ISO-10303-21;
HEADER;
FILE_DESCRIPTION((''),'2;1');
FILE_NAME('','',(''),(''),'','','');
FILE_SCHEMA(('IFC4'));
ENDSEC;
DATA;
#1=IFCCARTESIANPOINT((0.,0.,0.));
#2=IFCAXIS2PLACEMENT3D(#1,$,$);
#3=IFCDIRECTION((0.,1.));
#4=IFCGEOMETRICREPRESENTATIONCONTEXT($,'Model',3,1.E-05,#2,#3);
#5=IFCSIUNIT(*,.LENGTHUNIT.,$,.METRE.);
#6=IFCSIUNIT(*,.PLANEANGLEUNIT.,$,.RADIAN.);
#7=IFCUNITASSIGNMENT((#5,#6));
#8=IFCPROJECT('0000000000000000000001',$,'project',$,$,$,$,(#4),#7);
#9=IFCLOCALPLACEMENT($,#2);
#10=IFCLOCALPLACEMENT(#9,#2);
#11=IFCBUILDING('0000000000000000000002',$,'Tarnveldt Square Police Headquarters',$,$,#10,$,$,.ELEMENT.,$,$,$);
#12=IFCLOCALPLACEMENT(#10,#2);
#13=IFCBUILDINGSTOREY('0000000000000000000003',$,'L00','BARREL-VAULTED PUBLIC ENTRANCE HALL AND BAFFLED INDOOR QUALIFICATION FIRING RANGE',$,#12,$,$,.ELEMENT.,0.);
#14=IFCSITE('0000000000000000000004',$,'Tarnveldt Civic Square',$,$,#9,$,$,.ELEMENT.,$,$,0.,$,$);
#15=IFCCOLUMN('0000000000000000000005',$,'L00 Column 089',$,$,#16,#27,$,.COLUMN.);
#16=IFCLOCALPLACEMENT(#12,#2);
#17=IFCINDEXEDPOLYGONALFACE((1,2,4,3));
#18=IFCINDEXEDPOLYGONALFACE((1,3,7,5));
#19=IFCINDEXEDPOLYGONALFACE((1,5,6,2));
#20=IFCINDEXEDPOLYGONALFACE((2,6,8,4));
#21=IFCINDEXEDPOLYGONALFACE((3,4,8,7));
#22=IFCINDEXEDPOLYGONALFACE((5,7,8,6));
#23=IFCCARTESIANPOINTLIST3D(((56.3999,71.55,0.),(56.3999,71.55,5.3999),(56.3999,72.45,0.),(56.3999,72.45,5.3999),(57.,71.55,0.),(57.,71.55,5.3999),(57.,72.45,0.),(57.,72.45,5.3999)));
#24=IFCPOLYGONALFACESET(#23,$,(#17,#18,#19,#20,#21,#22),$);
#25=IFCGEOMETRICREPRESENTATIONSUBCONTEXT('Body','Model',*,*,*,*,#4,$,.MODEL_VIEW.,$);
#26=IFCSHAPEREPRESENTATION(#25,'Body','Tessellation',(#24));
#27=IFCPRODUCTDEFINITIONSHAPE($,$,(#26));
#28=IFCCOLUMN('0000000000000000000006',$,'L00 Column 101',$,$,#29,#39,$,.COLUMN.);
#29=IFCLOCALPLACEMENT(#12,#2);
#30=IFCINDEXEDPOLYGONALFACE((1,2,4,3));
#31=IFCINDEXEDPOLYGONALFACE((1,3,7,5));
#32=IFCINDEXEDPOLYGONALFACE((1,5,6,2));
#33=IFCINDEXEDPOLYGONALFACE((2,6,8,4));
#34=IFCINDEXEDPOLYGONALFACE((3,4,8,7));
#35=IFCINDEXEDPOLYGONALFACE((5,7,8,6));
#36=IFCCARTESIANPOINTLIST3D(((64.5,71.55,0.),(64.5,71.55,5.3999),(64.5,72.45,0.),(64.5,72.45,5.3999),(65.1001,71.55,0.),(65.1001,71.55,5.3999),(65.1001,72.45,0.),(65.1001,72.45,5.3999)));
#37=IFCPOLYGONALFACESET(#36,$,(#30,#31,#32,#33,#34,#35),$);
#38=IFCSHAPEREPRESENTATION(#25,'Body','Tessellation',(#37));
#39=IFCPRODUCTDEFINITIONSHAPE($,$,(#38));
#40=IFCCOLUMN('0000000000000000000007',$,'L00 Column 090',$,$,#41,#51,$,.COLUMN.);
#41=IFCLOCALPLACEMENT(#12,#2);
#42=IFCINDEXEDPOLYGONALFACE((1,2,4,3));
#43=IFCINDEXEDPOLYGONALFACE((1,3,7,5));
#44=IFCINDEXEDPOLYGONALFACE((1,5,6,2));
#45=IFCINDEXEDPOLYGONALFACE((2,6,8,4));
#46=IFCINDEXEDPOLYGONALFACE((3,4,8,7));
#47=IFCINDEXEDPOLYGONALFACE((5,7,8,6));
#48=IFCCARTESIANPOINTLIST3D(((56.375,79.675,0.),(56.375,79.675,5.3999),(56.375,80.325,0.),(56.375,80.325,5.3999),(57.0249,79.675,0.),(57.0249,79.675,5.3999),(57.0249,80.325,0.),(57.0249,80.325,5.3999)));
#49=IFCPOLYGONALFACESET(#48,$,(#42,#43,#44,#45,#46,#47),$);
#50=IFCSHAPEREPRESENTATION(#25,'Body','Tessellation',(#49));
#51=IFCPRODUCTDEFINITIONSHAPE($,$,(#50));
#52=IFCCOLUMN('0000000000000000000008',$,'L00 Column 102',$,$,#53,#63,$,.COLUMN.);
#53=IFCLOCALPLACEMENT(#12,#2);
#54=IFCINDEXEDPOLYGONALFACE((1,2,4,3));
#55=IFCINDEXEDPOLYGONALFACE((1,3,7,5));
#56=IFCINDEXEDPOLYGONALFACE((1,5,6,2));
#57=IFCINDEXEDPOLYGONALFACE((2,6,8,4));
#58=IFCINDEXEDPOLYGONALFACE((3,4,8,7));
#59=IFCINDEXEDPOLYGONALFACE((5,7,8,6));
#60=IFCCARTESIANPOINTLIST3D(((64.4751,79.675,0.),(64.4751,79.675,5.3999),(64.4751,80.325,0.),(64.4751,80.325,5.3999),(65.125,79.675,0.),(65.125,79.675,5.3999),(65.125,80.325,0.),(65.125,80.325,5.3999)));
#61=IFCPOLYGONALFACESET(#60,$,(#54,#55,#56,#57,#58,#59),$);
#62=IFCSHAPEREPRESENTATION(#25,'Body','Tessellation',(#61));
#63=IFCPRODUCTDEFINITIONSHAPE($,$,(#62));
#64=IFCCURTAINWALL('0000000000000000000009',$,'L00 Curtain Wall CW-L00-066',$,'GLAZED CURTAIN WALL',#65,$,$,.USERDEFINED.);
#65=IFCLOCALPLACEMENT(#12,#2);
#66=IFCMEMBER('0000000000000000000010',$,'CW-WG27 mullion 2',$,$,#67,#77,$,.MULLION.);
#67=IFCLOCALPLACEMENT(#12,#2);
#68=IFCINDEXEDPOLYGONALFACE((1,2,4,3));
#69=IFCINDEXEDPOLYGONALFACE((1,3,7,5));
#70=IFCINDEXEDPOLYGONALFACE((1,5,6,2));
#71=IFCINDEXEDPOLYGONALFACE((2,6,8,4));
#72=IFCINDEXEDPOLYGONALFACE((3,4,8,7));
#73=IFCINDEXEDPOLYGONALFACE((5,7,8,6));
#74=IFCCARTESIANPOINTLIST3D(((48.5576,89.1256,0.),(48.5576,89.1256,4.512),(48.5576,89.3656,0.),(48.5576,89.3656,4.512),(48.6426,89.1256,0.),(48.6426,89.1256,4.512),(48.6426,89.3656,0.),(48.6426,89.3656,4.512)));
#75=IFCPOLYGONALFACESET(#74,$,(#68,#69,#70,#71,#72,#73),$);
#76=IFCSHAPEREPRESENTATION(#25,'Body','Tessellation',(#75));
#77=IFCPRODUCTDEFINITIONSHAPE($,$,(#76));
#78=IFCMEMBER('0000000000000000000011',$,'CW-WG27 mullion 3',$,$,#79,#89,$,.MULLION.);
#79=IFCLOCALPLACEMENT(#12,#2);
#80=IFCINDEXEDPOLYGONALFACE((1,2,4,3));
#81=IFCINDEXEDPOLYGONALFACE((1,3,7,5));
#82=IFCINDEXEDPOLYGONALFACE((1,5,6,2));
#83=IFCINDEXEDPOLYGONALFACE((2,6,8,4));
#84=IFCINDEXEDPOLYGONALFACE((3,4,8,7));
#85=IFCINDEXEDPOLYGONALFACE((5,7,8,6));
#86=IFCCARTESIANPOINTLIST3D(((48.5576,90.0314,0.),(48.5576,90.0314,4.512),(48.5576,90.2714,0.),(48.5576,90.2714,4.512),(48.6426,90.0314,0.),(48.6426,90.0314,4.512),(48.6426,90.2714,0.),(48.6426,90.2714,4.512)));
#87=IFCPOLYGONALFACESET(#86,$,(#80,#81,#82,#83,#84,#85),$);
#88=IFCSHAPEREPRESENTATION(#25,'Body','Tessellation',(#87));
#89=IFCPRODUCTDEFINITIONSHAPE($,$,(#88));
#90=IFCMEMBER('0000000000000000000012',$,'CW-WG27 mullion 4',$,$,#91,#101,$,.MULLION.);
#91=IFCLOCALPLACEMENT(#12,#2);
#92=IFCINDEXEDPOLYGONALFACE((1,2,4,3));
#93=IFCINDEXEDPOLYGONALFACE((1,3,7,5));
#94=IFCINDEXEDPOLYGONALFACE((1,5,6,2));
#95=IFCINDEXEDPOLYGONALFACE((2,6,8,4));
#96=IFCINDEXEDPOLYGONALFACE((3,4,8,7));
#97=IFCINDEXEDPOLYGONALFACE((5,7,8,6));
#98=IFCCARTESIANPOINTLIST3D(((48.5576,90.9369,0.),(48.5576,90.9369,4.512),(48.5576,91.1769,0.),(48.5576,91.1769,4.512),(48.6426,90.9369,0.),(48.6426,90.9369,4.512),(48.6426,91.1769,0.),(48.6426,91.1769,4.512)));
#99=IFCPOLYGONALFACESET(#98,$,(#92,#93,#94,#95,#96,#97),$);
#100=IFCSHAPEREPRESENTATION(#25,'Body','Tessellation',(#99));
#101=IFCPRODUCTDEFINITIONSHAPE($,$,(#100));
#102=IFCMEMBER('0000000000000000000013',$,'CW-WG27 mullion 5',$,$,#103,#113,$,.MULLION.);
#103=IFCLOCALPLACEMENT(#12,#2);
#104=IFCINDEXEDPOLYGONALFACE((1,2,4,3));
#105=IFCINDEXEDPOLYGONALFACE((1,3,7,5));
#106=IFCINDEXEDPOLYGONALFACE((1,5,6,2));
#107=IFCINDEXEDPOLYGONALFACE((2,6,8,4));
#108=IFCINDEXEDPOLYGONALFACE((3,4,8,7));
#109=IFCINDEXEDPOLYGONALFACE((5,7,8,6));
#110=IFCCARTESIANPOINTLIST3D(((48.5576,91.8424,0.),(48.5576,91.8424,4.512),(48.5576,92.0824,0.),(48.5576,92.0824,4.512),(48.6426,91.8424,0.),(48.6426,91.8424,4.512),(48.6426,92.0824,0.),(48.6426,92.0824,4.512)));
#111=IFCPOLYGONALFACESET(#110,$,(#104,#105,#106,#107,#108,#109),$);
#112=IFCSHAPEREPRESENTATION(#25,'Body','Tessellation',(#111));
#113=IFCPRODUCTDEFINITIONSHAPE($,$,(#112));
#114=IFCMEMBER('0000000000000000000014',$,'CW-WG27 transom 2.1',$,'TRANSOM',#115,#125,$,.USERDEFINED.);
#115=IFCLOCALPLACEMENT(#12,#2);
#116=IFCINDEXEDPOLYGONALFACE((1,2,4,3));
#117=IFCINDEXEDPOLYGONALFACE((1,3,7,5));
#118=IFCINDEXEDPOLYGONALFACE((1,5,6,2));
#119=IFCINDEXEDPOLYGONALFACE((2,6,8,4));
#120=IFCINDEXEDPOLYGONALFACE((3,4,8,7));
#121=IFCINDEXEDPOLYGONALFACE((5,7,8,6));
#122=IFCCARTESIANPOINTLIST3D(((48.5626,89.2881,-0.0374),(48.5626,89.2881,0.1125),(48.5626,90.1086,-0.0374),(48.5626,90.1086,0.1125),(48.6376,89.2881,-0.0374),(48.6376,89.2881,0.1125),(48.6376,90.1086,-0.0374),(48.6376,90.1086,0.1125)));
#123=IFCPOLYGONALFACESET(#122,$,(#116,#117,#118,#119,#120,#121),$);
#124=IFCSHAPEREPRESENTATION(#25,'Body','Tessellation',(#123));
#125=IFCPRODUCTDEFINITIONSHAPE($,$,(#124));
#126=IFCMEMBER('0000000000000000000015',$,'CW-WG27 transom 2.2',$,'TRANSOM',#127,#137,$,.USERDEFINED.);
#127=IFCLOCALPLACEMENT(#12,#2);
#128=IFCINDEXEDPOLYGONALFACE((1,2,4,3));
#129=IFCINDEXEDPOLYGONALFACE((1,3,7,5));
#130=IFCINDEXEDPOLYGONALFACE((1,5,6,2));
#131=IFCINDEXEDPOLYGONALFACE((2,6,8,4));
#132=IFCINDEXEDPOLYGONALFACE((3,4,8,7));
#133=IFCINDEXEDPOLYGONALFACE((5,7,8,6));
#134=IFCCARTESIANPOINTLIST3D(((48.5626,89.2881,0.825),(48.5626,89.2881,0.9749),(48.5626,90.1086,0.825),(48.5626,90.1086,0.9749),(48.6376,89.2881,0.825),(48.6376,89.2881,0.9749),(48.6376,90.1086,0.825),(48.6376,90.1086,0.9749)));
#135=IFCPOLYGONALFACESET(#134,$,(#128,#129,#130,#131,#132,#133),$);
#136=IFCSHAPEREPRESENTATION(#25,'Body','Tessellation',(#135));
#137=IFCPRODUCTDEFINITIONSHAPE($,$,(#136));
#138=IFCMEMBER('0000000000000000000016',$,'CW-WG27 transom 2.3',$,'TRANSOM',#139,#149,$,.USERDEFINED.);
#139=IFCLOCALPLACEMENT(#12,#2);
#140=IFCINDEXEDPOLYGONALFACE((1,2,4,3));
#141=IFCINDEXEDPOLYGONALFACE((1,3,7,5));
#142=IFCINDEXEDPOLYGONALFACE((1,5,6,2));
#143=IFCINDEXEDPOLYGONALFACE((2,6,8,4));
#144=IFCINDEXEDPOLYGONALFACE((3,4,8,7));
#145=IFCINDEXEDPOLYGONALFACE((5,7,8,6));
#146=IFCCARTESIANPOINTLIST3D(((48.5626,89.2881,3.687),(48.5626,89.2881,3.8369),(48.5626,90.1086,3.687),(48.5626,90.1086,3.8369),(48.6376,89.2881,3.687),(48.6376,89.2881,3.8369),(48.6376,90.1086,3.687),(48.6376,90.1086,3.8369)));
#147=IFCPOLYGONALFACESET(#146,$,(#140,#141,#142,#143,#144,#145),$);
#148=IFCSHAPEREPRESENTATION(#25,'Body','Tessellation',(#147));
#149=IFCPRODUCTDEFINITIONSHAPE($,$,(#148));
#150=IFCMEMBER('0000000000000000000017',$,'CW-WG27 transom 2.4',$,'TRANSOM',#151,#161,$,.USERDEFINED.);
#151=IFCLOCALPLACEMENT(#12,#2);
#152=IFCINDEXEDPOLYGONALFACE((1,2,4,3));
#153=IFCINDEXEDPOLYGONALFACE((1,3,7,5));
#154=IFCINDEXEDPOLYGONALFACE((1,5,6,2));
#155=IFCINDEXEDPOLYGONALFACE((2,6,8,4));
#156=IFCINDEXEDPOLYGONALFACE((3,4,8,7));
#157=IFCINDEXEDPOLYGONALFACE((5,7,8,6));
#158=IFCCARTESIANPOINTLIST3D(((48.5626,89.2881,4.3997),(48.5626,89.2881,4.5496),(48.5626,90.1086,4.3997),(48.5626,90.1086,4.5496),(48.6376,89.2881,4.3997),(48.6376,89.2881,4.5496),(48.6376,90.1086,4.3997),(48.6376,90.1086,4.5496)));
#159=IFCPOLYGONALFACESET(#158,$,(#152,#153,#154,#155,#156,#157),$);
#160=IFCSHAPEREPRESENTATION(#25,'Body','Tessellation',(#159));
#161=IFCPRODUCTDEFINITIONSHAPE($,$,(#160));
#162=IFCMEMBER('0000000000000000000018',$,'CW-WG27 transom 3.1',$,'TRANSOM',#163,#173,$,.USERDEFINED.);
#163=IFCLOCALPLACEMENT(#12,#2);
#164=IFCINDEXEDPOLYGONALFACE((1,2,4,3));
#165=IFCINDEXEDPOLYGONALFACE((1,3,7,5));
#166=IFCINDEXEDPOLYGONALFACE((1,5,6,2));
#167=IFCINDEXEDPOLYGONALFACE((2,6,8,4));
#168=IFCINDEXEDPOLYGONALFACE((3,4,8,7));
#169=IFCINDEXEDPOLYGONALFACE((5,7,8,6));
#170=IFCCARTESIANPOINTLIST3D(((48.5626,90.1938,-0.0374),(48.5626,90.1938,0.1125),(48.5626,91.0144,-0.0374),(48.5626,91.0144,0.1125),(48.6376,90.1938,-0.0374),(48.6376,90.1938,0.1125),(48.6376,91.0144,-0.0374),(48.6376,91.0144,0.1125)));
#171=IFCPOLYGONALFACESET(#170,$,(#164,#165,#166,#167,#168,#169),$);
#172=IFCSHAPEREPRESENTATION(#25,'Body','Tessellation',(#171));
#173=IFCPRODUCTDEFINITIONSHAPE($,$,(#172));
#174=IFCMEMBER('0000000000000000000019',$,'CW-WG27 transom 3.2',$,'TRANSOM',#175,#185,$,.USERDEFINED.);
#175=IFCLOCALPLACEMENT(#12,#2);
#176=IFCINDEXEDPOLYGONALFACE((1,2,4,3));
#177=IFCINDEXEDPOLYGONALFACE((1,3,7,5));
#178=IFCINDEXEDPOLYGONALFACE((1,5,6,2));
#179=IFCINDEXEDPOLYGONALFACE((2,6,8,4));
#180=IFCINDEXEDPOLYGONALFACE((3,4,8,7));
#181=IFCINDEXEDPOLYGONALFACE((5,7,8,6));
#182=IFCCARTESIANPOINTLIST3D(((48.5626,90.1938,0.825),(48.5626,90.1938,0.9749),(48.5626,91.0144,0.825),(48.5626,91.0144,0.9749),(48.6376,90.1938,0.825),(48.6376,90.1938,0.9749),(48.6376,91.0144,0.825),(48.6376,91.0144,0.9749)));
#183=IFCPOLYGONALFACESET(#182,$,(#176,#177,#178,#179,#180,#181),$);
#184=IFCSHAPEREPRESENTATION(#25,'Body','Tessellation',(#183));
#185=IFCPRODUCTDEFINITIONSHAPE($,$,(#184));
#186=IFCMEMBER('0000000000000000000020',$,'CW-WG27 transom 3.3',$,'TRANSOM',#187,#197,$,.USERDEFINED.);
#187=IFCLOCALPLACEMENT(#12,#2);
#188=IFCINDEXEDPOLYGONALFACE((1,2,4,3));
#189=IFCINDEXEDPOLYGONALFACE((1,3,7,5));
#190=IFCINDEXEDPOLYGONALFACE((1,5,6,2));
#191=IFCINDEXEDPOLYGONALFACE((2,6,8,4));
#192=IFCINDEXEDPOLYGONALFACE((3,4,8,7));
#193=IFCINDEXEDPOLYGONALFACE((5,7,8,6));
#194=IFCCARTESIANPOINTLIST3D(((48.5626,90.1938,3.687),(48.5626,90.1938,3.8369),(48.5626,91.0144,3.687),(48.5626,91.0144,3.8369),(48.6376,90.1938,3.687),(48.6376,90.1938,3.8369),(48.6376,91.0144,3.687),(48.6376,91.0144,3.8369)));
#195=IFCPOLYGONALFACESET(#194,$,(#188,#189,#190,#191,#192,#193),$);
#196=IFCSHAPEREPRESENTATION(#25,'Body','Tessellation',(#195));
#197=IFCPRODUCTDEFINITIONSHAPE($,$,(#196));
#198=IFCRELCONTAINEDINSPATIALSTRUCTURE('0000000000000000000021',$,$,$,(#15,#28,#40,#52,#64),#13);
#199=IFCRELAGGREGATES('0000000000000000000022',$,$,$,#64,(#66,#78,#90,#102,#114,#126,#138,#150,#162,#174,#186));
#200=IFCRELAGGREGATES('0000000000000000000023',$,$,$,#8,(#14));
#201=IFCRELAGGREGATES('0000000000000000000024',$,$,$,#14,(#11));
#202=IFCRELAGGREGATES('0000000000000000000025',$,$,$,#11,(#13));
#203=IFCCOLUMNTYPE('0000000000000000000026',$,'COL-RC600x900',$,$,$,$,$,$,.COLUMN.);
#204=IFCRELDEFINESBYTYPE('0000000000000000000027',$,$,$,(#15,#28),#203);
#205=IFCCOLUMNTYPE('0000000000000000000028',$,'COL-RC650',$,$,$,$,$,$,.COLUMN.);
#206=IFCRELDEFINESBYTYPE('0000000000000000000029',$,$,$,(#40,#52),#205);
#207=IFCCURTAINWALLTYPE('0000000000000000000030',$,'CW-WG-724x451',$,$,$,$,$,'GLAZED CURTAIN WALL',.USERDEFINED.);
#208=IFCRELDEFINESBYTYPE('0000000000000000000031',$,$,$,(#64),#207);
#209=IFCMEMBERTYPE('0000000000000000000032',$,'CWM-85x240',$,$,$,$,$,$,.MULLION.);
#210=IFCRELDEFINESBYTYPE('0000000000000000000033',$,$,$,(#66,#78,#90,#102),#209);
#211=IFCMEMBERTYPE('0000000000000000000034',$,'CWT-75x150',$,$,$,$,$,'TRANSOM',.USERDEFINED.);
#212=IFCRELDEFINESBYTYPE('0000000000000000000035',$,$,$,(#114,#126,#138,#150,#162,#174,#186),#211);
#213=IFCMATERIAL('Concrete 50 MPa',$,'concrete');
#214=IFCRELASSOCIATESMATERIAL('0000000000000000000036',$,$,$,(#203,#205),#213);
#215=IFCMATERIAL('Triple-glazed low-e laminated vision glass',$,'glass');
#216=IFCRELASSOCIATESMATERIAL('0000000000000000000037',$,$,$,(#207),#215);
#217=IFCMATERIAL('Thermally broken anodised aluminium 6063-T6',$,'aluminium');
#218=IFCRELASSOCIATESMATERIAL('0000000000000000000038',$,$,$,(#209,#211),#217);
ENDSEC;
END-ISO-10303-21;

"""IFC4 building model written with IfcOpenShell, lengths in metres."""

from ifc_helpers import new_model, si_unit, direction, frame, origin, origin_2d, place, context, subcontext, project, spatial, rectangle, extrude, material, material_profile, profile_set, type_object, element, aggregate, save


model = new_model("IFC4")

# Units and contexts
model_context = context("Model", 3, precision=1e-05, world=origin(), true_north=direction((0.0, 1.0)))
body_context = subcontext(model_context, "Body", "Model", "MODEL_VIEW")
ifc_project = project(units=[si_unit("LENGTHUNIT", "METRE"), si_unit("PLANEANGLEUNIT", "RADIAN")], contexts=[model_context])

# Site, building, storey
site_placement = place(None, origin())
site = spatial("IfcSite", under=ifc_project, at=site_placement, Name="Tarnveldt Civic Square", CompositionType="ELEMENT", RefElevation=0.0)
building_placement = place(site_placement, origin())
building = spatial("IfcBuilding", under=site, at=building_placement, Name="Tarnveldt Square Police Headquarters", CompositionType="ELEMENT")
storey_placement = place(building_placement, origin())
storey = spatial("IfcBuildingStorey", under=building, at=storey_placement, Name="L00", Description="BARREL-VAULTED PUBLIC ENTRANCE HALL AND BAFFLED INDOOR QUALIFICATION FIRING RANGE", CompositionType="ELEMENT", Elevation=0.0)

# Columns
ifc_material_1 = material(Name="Concrete 50 MPa", Category="concrete")
ifc_material_profile_1 = material_profile(ifc_material_1, rectangle(XDim=0.6001, YDim=0.8999, at=origin_2d()), Name="RC-C600x900")
ifc_profile_set_1 = profile_set([ifc_material_profile_1], Name="Concrete 50 MPa")
column_type_1 = type_object("IfcColumnType", Name="COL-RC600x900", PredefinedType="COLUMN", material=ifc_profile_set_1)
for number, where, z_axis, x_axis, name in (
    (1, (56.7, 72.0, 0.0), (0.0, 0.0, 1.0), (1.0, 0.0, 0.0), "L00 Column 089"),
    (2, (64.8, 72.0, 0.0), (0.0, 0.0, 1.0), (1.0, 0.0, 0.0), "L00 Column 101"),
):
    element("IfcColumn", number, at=place(storey_placement, frame(where, z_axis=z_axis, x_axis=x_axis)), inside=storey, type_object=column_type_1, Name=name, PredefinedType="COLUMN", context=body_context, shape_type="SweptSolid", body=[
        extrude(rectangle(XDim=0.6001, YDim=0.8999, at=origin_2d()), origin(), (0.0, 0.0, 1.0), 5.3999),
    ])
ifc_material_profile_2 = material_profile(ifc_material_1, rectangle(XDim=0.6499, YDim=0.6499, at=origin_2d()), Name="RC-C650x650")
ifc_profile_set_2 = profile_set([ifc_material_profile_2], Name="Concrete 50 MPa")
column_type_2 = type_object("IfcColumnType", Name="COL-RC650", PredefinedType="COLUMN", material=ifc_profile_set_2)
for number, where, z_axis, x_axis, name in (
    (3, (56.7, 80.0, 0.0), (0.0, 0.0, 1.0), (1.0, 0.0, 0.0), "L00 Column 090"),
    (4, (64.8, 80.0, 0.0), (0.0, 0.0, 1.0), (1.0, 0.0, 0.0), "L00 Column 102"),
):
    element("IfcColumn", number, at=place(storey_placement, frame(where, z_axis=z_axis, x_axis=x_axis)), inside=storey, type_object=column_type_2, Name=name, PredefinedType="COLUMN", context=body_context, shape_type="SweptSolid", body=[
        extrude(rectangle(XDim=0.6499, YDim=0.6499, at=origin_2d()), origin(), (0.0, 0.0, 1.0), 5.3999),
    ])

# Curtain wall, members
ifc_material_2 = material(Name="Triple-glazed low-e laminated vision glass", Category="glass")
curtain_wall_type = type_object("IfcCurtainWallType", Name="CW-WG-724x451", ElementType="GLAZED CURTAIN WALL", PredefinedType="USERDEFINED", material=ifc_material_2)
curtain_wall_placement = place(storey_placement, origin())
curtain_wall = element("IfcCurtainWall", 5, at=curtain_wall_placement, inside=storey, type_object=curtain_wall_type, Name="L00 Curtain Wall CW-L00-066", ObjectType="GLAZED CURTAIN WALL", PredefinedType="USERDEFINED")
ifc_material_3 = material(Name="Thermally broken anodised aluminium 6063-T6", Category="aluminium")
ifc_material_profile_3 = material_profile(ifc_material_3, rectangle(XDim=0.085, YDim=0.24, at=origin_2d()), Name="CW-M85x240")
ifc_profile_set_3 = profile_set([ifc_material_profile_3], Name="Thermally broken anodised aluminium 6063-T6")
member_type_1 = type_object("IfcMemberType", Name="CWM-85x240", PredefinedType="MULLION", material=ifc_profile_set_3)
member_1_placement = place(storey_placement, frame((48.6001, 89.2456, 0.0), z_axis=(0.0, 0.0, 1.0), x_axis=(-1.0, 0.0, 0.0)))
member_1 = element("IfcMember", 6, at=member_1_placement, type_object=member_type_1, Name="CW-WG27 mullion 2", PredefinedType="MULLION", context=body_context, shape_type="SweptSolid", body=[
    extrude(rectangle(XDim=0.085, YDim=0.24, at=origin_2d()), origin(), (0.0, 0.0, 1.0), 4.512),
])
member_2_placement = place(storey_placement, frame((48.6001, 90.1514, 0.0), z_axis=(0.0, 0.0, 1.0), x_axis=(-1.0, 0.0, 0.0)))
member_2 = element("IfcMember", 7, at=member_2_placement, type_object=member_type_1, Name="CW-WG27 mullion 3", PredefinedType="MULLION", context=body_context, shape_type="SweptSolid", body=[
    extrude(rectangle(XDim=0.085, YDim=0.24, at=origin_2d()), origin(), (0.0, 0.0, 1.0), 4.512),
])
member_3_placement = place(storey_placement, frame((48.6001, 91.0569, 0.0), z_axis=(0.0, 0.0, 1.0), x_axis=(-1.0, 0.0, 0.0)))
member_3 = element("IfcMember", 8, at=member_3_placement, type_object=member_type_1, Name="CW-WG27 mullion 4", PredefinedType="MULLION", context=body_context, shape_type="SweptSolid", body=[
    extrude(rectangle(XDim=0.085, YDim=0.24, at=origin_2d()), origin(), (0.0, 0.0, 1.0), 4.512),
])
member_4_placement = place(storey_placement, frame((48.6001, 91.9624, 0.0), z_axis=(0.0, 0.0, 1.0), x_axis=(-1.0, 0.0, 0.0)))
member_4 = element("IfcMember", 9, at=member_4_placement, type_object=member_type_1, Name="CW-WG27 mullion 5", PredefinedType="MULLION", context=body_context, shape_type="SweptSolid", body=[
    extrude(rectangle(XDim=0.085, YDim=0.24, at=origin_2d()), origin(), (0.0, 0.0, 1.0), 4.512),
])
ifc_material_profile_4 = material_profile(ifc_material_3, rectangle(XDim=0.075, YDim=0.1499, at=origin_2d()), Name="CW-T75x150")
ifc_profile_set_4 = profile_set([ifc_material_profile_4], Name="Thermally broken anodised aluminium 6063-T6")
member_type_2 = type_object("IfcMemberType", Name="CWT-75x150", ElementType="TRANSOM", PredefinedType="USERDEFINED", material=ifc_profile_set_4)
member_5_placement = place(storey_placement, frame((48.6001, 89.2881, 0.0376), z_axis=(0.0, 1.0, 0.0), x_axis=(-1.0, 0.0, 0.0)))
member_5 = element("IfcMember", 10, at=member_5_placement, type_object=member_type_2, Name="CW-WG27 transom 2.1", ObjectType="TRANSOM", PredefinedType="USERDEFINED", context=body_context, shape_type="SweptSolid", body=[
    extrude(rectangle(XDim=0.075, YDim=0.1499, at=origin_2d()), origin(), (0.0, 0.0, 1.0), 0.8206),
])
member_6_placement = place(storey_placement, frame((48.6001, 89.2881, 0.8999), z_axis=(0.0, 1.0, 0.0), x_axis=(-1.0, 0.0, 0.0)))
member_6 = element("IfcMember", 11, at=member_6_placement, type_object=member_type_2, Name="CW-WG27 transom 2.2", ObjectType="TRANSOM", PredefinedType="USERDEFINED", context=body_context, shape_type="SweptSolid", body=[
    extrude(rectangle(XDim=0.075, YDim=0.1499, at=origin_2d()), origin(), (0.0, 0.0, 1.0), 0.8206),
])
member_7_placement = place(storey_placement, frame((48.6001, 89.2881, 3.762), z_axis=(0.0, 1.0, 0.0), x_axis=(-1.0, 0.0, 0.0)))
member_7 = element("IfcMember", 12, at=member_7_placement, type_object=member_type_2, Name="CW-WG27 transom 2.3", ObjectType="TRANSOM", PredefinedType="USERDEFINED", context=body_context, shape_type="SweptSolid", body=[
    extrude(rectangle(XDim=0.075, YDim=0.1499, at=origin_2d()), origin(), (0.0, 0.0, 1.0), 0.8206),
])
member_8_placement = place(storey_placement, frame((48.6001, 89.2881, 4.4746), z_axis=(0.0, 1.0, 0.0), x_axis=(-1.0, 0.0, 0.0)))
member_8 = element("IfcMember", 13, at=member_8_placement, type_object=member_type_2, Name="CW-WG27 transom 2.4", ObjectType="TRANSOM", PredefinedType="USERDEFINED", context=body_context, shape_type="SweptSolid", body=[
    extrude(rectangle(XDim=0.075, YDim=0.1499, at=origin_2d()), origin(), (0.0, 0.0, 1.0), 0.8206),
])
member_9_placement = place(storey_placement, frame((48.6001, 90.1938, 0.0376), z_axis=(0.0, 1.0, 0.0), x_axis=(-1.0, 0.0, 0.0)))
member_9 = element("IfcMember", 14, at=member_9_placement, type_object=member_type_2, Name="CW-WG27 transom 3.1", ObjectType="TRANSOM", PredefinedType="USERDEFINED", context=body_context, shape_type="SweptSolid", body=[
    extrude(rectangle(XDim=0.075, YDim=0.1499, at=origin_2d()), origin(), (0.0, 0.0, 1.0), 0.8206),
])
member_10_placement = place(storey_placement, frame((48.6001, 90.1938, 0.8999), z_axis=(0.0, 1.0, 0.0), x_axis=(-1.0, 0.0, 0.0)))
member_10 = element("IfcMember", 15, at=member_10_placement, type_object=member_type_2, Name="CW-WG27 transom 3.2", ObjectType="TRANSOM", PredefinedType="USERDEFINED", context=body_context, shape_type="SweptSolid", body=[
    extrude(rectangle(XDim=0.075, YDim=0.1499, at=origin_2d()), origin(), (0.0, 0.0, 1.0), 0.8206),
])
member_11_placement = place(storey_placement, frame((48.6001, 90.1938, 3.762), z_axis=(0.0, 1.0, 0.0), x_axis=(-1.0, 0.0, 0.0)))
member_11 = element("IfcMember", 16, at=member_11_placement, type_object=member_type_2, Name="CW-WG27 transom 3.3", ObjectType="TRANSOM", PredefinedType="USERDEFINED", context=body_context, shape_type="SweptSolid", body=[
    extrude(rectangle(XDim=0.075, YDim=0.1499, at=origin_2d()), origin(), (0.0, 0.0, 1.0), 0.8206),
])
aggregate(curtain_wall, [member_1, member_2, member_3, member_4, member_5, member_6, member_7, member_8, member_9, member_10, member_11])

save(model, "model.ifc")
